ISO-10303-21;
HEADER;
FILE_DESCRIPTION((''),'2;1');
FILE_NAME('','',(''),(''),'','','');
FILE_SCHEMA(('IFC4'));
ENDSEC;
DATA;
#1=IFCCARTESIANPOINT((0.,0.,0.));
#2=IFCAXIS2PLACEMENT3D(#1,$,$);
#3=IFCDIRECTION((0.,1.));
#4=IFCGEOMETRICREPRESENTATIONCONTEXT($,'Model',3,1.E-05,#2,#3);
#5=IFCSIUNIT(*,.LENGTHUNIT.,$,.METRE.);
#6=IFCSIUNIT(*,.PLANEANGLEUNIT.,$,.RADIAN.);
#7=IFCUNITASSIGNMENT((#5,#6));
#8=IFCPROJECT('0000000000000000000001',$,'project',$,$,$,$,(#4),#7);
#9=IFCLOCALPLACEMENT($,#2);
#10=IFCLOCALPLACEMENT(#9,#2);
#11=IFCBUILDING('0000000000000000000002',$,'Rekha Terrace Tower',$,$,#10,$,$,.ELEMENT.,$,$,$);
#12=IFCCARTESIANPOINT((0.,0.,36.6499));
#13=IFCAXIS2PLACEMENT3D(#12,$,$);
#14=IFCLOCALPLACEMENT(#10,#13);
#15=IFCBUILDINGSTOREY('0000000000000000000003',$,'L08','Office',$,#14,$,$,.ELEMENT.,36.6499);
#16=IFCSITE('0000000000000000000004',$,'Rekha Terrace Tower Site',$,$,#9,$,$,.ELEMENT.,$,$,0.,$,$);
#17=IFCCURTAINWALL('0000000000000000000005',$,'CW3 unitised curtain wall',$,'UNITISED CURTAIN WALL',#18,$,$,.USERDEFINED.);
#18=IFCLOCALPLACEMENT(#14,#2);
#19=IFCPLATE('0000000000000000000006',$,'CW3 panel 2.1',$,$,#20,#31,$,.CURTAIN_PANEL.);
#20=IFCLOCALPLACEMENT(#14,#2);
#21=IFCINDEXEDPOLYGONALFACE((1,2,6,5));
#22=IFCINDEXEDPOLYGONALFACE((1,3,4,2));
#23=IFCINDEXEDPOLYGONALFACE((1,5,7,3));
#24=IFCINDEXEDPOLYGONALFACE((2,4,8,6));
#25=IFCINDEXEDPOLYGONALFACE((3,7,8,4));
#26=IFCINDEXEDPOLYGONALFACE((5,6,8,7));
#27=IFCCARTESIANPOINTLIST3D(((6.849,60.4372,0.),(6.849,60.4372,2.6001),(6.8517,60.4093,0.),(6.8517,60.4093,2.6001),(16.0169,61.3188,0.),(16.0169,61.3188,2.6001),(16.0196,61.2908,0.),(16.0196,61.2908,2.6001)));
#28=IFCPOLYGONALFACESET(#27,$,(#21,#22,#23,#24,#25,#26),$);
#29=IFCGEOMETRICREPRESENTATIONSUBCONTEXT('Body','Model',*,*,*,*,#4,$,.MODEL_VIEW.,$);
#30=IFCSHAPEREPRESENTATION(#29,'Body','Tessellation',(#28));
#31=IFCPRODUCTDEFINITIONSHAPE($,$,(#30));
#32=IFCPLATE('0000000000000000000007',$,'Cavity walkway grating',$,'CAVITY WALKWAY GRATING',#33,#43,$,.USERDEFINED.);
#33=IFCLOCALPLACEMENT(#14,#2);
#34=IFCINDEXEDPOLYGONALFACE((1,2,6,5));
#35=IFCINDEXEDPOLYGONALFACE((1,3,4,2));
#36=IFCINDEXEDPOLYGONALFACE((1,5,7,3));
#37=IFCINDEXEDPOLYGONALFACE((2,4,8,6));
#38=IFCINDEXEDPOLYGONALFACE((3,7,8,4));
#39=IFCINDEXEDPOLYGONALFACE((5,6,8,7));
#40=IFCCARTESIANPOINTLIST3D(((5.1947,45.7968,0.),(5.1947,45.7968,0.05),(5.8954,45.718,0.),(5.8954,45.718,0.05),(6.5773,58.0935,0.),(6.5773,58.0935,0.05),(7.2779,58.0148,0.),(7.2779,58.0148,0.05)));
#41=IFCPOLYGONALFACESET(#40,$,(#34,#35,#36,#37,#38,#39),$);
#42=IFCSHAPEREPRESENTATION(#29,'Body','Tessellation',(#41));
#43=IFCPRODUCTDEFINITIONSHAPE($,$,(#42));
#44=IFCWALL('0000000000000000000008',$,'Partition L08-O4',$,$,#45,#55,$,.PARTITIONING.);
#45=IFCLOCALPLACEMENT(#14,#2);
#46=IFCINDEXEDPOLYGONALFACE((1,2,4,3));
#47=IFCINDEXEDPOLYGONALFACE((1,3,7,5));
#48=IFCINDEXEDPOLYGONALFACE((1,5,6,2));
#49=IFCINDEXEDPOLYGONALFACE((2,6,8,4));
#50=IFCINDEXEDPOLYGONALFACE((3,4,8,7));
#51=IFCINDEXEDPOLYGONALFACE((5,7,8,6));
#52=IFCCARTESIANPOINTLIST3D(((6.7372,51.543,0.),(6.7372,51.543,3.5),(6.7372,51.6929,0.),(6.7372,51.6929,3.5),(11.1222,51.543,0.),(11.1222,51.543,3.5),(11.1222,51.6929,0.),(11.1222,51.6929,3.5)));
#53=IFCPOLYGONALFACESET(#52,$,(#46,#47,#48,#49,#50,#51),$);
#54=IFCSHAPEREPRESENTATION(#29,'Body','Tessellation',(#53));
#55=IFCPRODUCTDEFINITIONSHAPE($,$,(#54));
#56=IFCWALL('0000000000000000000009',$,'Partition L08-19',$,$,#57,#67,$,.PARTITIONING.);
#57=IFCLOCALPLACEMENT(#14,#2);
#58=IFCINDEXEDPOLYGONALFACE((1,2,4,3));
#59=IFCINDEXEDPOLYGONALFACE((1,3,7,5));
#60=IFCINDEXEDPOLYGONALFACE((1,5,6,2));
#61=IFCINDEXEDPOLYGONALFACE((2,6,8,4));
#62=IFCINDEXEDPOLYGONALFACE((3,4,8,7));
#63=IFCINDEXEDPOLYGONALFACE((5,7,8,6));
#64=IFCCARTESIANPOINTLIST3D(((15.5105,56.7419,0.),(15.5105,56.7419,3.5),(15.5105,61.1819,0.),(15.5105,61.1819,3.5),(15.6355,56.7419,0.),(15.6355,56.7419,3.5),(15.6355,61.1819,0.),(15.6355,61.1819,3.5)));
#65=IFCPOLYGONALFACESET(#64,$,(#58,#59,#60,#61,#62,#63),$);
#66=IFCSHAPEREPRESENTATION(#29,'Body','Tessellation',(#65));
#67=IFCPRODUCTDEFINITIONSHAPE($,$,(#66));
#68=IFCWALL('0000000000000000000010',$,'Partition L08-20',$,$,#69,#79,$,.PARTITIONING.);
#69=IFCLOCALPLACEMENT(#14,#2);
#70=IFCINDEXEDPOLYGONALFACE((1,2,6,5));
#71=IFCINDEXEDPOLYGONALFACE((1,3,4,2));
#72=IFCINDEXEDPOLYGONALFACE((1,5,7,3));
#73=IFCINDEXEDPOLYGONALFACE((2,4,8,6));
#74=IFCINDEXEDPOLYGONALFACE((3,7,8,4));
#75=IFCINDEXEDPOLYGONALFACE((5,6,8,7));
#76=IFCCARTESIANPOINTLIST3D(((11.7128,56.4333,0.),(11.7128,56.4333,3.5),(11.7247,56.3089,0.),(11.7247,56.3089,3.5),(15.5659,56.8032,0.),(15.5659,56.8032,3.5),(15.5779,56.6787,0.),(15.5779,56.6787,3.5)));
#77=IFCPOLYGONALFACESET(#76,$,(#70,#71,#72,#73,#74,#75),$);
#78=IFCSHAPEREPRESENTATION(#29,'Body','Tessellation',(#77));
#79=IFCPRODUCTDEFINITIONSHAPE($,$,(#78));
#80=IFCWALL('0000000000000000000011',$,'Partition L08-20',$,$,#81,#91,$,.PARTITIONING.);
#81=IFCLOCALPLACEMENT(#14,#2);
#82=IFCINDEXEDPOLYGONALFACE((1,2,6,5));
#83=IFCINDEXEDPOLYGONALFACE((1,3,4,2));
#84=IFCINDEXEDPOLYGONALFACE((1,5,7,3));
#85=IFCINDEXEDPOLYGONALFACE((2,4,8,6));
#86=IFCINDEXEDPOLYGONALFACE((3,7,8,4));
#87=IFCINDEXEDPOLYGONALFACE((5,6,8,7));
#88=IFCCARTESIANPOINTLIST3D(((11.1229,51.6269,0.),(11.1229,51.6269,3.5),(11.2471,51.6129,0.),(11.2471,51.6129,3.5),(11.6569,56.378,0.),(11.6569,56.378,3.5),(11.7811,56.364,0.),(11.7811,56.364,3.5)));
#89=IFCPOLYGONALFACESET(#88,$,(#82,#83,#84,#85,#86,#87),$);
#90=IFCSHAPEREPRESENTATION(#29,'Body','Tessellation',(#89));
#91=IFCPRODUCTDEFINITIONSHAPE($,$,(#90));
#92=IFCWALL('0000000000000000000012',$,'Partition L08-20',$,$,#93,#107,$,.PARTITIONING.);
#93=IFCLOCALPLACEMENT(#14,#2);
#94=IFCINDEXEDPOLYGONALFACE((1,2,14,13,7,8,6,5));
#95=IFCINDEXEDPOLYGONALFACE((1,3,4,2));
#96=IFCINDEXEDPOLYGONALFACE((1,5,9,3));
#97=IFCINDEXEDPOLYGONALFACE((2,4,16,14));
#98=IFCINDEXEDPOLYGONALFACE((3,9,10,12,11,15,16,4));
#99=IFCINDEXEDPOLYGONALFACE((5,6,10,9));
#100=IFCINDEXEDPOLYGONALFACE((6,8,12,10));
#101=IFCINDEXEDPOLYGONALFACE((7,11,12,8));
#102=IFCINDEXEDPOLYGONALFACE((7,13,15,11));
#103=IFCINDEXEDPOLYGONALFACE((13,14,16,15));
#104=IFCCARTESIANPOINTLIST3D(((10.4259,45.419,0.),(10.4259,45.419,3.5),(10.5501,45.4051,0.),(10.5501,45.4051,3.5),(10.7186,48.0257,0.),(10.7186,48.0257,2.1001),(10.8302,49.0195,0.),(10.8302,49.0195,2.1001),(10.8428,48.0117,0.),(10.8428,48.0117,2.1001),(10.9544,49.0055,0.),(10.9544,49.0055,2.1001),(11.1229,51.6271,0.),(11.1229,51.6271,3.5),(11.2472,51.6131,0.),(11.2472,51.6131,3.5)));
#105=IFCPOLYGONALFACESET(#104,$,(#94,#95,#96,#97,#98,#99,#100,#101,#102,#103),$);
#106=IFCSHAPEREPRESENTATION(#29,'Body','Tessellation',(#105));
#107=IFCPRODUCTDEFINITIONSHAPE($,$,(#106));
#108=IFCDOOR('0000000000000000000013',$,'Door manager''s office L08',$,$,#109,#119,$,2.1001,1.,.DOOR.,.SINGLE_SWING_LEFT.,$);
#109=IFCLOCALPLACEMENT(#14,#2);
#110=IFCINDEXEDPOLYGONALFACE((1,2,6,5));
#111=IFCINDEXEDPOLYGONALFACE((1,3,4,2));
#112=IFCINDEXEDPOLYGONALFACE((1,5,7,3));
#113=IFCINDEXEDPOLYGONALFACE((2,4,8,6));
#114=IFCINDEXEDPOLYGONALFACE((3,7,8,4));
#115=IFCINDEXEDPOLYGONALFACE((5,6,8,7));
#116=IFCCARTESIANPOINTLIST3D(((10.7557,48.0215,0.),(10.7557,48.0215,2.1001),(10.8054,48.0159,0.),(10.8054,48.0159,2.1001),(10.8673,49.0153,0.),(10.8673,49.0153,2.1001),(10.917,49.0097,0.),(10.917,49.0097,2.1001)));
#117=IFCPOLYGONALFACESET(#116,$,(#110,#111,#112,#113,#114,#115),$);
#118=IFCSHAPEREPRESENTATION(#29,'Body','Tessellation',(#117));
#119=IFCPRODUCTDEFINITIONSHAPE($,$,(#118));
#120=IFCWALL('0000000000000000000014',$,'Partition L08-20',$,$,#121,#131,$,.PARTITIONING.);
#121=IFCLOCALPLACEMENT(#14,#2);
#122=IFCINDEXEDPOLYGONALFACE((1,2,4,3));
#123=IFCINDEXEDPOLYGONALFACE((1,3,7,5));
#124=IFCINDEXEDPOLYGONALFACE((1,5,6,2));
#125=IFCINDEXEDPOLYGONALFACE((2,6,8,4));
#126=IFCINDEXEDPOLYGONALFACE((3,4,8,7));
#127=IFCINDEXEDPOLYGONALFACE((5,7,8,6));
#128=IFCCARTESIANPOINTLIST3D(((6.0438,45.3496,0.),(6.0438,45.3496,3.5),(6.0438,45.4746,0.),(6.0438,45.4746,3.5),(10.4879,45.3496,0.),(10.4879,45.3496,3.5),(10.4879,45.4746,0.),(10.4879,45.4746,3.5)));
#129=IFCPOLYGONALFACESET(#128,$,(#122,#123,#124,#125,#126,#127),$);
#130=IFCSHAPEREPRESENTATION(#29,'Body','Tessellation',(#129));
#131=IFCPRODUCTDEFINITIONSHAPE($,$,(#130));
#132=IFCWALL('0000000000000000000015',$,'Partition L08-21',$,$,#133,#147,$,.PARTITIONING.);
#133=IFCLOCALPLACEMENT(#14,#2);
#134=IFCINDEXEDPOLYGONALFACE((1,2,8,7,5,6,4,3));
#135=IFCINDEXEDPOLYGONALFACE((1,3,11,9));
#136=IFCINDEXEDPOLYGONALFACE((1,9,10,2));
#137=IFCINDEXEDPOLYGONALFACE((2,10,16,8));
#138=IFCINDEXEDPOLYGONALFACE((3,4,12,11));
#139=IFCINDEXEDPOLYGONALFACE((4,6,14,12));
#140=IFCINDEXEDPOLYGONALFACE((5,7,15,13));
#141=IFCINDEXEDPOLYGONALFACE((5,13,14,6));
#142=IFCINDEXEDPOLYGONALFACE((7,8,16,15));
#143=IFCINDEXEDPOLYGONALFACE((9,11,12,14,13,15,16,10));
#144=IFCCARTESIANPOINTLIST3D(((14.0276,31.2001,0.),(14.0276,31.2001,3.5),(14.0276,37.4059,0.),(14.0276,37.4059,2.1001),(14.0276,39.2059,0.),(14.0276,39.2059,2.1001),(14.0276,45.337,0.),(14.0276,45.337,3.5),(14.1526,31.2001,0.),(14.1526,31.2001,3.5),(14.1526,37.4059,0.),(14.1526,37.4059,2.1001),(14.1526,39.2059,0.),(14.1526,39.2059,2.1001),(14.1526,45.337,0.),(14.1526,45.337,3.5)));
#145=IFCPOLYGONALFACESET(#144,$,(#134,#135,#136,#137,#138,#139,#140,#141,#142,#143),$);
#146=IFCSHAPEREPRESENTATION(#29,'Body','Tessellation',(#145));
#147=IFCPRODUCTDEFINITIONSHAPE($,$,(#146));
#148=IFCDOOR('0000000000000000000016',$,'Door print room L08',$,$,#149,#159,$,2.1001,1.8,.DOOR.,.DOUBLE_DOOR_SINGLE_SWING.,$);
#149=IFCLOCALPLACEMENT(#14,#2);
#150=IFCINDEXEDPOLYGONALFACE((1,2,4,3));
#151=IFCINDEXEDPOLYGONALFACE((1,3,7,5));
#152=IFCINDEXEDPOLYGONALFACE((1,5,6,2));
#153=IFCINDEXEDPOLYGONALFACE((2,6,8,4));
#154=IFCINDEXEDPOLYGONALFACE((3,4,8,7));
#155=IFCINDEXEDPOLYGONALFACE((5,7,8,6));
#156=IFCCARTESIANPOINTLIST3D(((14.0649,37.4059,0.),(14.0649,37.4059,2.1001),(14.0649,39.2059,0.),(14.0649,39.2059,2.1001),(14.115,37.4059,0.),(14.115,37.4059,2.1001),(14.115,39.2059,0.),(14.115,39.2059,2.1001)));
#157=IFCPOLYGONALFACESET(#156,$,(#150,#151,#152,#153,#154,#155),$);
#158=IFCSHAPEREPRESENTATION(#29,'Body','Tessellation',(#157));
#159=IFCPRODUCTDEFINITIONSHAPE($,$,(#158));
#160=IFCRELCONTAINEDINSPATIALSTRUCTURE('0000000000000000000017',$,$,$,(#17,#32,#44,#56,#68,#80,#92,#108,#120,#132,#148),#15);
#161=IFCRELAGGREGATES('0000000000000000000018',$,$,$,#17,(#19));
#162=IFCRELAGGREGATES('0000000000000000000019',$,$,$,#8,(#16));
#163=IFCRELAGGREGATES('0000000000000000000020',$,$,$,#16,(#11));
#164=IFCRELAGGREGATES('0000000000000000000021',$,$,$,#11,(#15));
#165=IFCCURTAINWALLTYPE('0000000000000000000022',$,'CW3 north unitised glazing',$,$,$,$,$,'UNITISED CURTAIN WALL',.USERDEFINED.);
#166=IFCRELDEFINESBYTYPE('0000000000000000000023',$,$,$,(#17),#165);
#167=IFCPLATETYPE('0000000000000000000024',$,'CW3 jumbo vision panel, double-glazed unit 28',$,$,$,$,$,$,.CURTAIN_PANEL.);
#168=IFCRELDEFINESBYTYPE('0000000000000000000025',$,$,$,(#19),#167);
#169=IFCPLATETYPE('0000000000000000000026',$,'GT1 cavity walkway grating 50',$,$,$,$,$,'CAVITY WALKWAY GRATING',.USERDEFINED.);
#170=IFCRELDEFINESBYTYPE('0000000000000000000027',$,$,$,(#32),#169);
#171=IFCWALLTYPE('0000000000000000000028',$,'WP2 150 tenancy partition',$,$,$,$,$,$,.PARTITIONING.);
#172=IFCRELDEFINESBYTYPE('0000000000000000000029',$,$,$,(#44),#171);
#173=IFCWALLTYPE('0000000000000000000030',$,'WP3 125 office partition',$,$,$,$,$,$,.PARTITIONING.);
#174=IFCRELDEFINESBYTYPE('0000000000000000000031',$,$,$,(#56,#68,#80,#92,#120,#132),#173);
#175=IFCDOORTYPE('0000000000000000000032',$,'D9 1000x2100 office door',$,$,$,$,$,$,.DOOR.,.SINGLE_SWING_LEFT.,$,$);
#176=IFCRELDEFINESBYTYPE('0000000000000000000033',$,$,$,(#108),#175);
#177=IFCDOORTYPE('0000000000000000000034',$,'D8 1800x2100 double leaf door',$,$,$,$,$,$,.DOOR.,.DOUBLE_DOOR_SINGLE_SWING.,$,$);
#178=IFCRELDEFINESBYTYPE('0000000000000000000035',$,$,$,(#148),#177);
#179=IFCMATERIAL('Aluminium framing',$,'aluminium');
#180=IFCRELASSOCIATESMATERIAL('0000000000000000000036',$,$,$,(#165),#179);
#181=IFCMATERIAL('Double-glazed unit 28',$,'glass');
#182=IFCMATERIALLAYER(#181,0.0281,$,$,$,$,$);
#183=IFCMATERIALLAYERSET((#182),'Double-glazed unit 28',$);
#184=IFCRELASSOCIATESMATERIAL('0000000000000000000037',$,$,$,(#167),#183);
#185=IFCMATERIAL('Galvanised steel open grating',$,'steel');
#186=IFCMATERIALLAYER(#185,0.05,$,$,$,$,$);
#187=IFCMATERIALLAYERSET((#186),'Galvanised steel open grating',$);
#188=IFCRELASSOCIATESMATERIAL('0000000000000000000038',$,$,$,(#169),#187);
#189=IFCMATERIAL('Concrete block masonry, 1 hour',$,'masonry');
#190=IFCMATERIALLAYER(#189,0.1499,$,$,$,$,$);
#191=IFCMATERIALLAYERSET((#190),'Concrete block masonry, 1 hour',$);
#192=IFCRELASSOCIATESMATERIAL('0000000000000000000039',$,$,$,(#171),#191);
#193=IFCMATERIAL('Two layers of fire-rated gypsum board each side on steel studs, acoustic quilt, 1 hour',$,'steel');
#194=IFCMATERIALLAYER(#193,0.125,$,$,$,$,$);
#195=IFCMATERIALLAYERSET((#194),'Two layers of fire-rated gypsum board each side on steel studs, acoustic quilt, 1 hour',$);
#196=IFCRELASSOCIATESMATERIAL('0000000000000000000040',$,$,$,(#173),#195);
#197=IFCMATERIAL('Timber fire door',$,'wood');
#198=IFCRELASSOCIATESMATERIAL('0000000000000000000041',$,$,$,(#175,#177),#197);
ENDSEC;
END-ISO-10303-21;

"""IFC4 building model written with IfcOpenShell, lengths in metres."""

from ifc_helpers import new_model, si_unit, direction, frame, frame_2d, origin, origin_2d, place, context, subcontext, project, spatial, rectangle, extrude, material, layer, layer_set, type_object, element, fill, aggregate, save


model = new_model("IFC4")

# Units and contexts
model_context = context("Model", 3, precision=1e-05, world=origin(), true_north=direction((0.0, 1.0)))
body_context = subcontext(model_context, "Body", "Model", "MODEL_VIEW")
ifc_project = project(units=[si_unit("LENGTHUNIT", "METRE"), si_unit("PLANEANGLEUNIT", "RADIAN")], contexts=[model_context])

# Site, building, storey
site_placement = place(None, origin())
site = spatial("IfcSite", under=ifc_project, at=site_placement, Name="Rekha Terrace Tower Site", CompositionType="ELEMENT", RefElevation=0.0)
building_placement = place(site_placement, origin())
building = spatial("IfcBuilding", under=site, at=building_placement, Name="Rekha Terrace Tower", CompositionType="ELEMENT")
storey_placement = place(building_placement, frame((0.0, 0.0, 36.6499)))
storey = spatial("IfcBuildingStorey", under=building, at=storey_placement, Name="L08", Description="Office", CompositionType="ELEMENT", Elevation=36.6499)

# Curtain wall
ifc_material_1 = material(Name="Aluminium framing", Category="aluminium")
curtain_wall_type_1 = type_object("IfcCurtainWallType", Name="CW3 north unitised glazing", ElementType="UNITISED CURTAIN WALL", PredefinedType="USERDEFINED", material=ifc_material_1)
curtain_wall_1_placement = place(storey_placement, origin())
curtain_wall_1 = element("IfcCurtainWall", 1, at=curtain_wall_1_placement, inside=storey, type_object=curtain_wall_type_1, Name="CW3 unitised curtain wall", ObjectType="UNITISED CURTAIN WALL", PredefinedType="USERDEFINED")

# Plates
ifc_material_2 = material(Name="Double-glazed unit 28", Category="glass")
ifc_layer_1 = layer(ifc_material_2, 0.0281)
ifc_layer_set_1 = layer_set([ifc_layer_1], Name="Double-glazed unit 28")
plate_type_1 = type_object("IfcPlateType", Name="CW3 jumbo vision panel, double-glazed unit 28", PredefinedType="CURTAIN_PANEL", material=ifc_layer_set_1)
plate_1_placement = place(storey_placement, frame((11.4343, 60.864, 0.0), z_axis=(0.0, 0.0, 1.0), x_axis=(-0.995409, -0.095712, 0.0)))
plate_1 = element("IfcPlate", 2, at=plate_1_placement, type_object=plate_type_1, Name="CW3 panel 2.1", PredefinedType="CURTAIN_PANEL", context=body_context, shape_type="SweptSolid", body=[
    extrude(rectangle(XDim=9.2102, YDim=0.0281, at=origin_2d()), origin(), (0.0, 0.0, 1.0), 2.6001),
])
aggregate(curtain_wall_1, [plate_1])
ifc_material_3 = material(Name="Galvanised steel open grating", Category="steel")
ifc_layer_2 = layer(ifc_material_3, 0.05)
ifc_layer_set_2 = layer_set([ifc_layer_2], Name="Galvanised steel open grating")
plate_type_2 = type_object("IfcPlateType", Name="GT1 cavity walkway grating 50", ElementType="CAVITY WALKWAY GRATING", PredefinedType="USERDEFINED", material=ifc_layer_set_2)
plate_2_placement = place(storey_placement, frame((6.2363, 51.9058, 0.0), z_axis=(0.0, 0.0, 1.0), x_axis=(-0.11173, -0.993739, 0.0)))
element("IfcPlate", 3, at=plate_2_placement, inside=storey, type_object=plate_type_2, Name="Cavity walkway grating", ObjectType="CAVITY WALKWAY GRATING", PredefinedType="USERDEFINED", context=body_context, shape_type="SweptSolid", body=[
    extrude(rectangle(XDim=12.3743, YDim=0.7051, at=origin_2d()), origin(), (0.0, 0.0, 1.0), 0.05),
])

# Walls
ifc_material_4 = material(Name="Concrete block masonry, 1 hour", Category="masonry")
ifc_layer_3 = layer(ifc_material_4, 0.1499)
ifc_layer_set_3 = layer_set([ifc_layer_3], Name="Concrete block masonry, 1 hour")
wall_type_1 = type_object("IfcWallType", Name="WP2 150 tenancy partition", PredefinedType="PARTITIONING", material=ifc_layer_set_3)
wall_1_placement = place(storey_placement, frame((11.1221, 51.6179, 0.0), z_axis=(0.0, 0.0, 1.0), x_axis=(-1.0, 0.0, 0.0)))
element("IfcWall", 4, at=wall_1_placement, inside=storey, type_object=wall_type_1, Name="Partition L08-O4", PredefinedType="PARTITIONING", context=body_context, shape_type="SweptSolid", body=[
    extrude(rectangle(XDim=4.385, YDim=0.1499, at=frame_2d((2.1924, 0.0))), origin(), (0.0, 0.0, 1.0), 3.5),
])
ifc_material_5 = material(Name="Two layers of fire-rated gypsum board each side on steel studs, acoustic quilt, 1 hour", Category="steel")
ifc_layer_4 = layer(ifc_material_5, 0.125)
ifc_layer_set_4 = layer_set([ifc_layer_4], Name="Two layers of fire-rated gypsum board each side on steel studs, acoustic quilt, 1 hour")
wall_type_2 = type_object("IfcWallType", Name="WP3 125 office partition", PredefinedType="PARTITIONING", material=ifc_layer_set_4)
wall_2_placement = place(storey_placement, frame((15.573, 56.7419, 0.0), z_axis=(0.0, 0.0, 1.0), x_axis=(0.0, 1.0, 0.0)))
element("IfcWall", 5, at=wall_2_placement, inside=storey, type_object=wall_type_2, Name="Partition L08-19", PredefinedType="PARTITIONING", context=body_context, shape_type="SweptSolid", body=[
    extrude(rectangle(XDim=4.4399, YDim=0.125, at=frame_2d((2.22, 0.0))), origin(), (0.0, 0.0, 1.0), 3.5),
])
wall_3_placement = place(storey_placement, frame((15.572, 56.741, 0.0), z_axis=(0.0, 0.0, 1.0), x_axis=(-0.995424, -0.095556, 0.0)))
element("IfcWall", 6, at=wall_3_placement, inside=storey, type_object=wall_type_2, Name="Partition L08-20", PredefinedType="PARTITIONING", context=body_context, shape_type="SweptSolid", body=[
    extrude(rectangle(XDim=3.8708, YDim=0.125, at=frame_2d((1.9355, 0.0))), origin(), (0.0, 0.0, 1.0), 3.5),
])
wall_4_placement = place(storey_placement, frame((11.719, 56.3711, 0.0), z_axis=(0.0, 0.0, 1.0), x_axis=(-0.111681, -0.993744, 0.0)))
element("IfcWall", 7, at=wall_4_placement, inside=storey, type_object=wall_type_2, Name="Partition L08-20", PredefinedType="PARTITIONING", context=body_context, shape_type="SweptSolid", body=[
    extrude(rectangle(XDim=4.781, YDim=0.125, at=frame_2d((2.3906, 0.0))), origin(), (0.0, 0.0, 1.0), 3.5),
])

# Wall, opening, door
wall_5_placement = place(storey_placement, frame((11.1851, 51.6201, 0.0), z_axis=(0.0, 0.0, 1.0), x_axis=(-0.111577, -0.993756, 0.0)))
wall_5 = element("IfcWall", 8, at=wall_5_placement, inside=storey, type_object=wall_type_2, Name="Partition L08-20", PredefinedType="PARTITIONING", context=body_context, shape_type="SweptSolid", body=[
    extrude(rectangle(XDim=6.2471, YDim=0.125, at=frame_2d((3.1235, 0.0))), origin(), (0.0, 0.0, 1.0), 3.5),
])
opening_1_placement = place(wall_5_placement, frame((2.624, 0.0, 0.0)))
opening_1 = element("IfcOpeningElement", 9, at=opening_1_placement, cuts=wall_5, PredefinedType="OPENING", context=body_context, shape_type="SweptSolid", body=[
    extrude(rectangle(XDim=1.0, YDim=2.1001, at=frame_2d((0.5, 1.05))), frame((0.0, 0.0725, 0.0), z_axis=(0.0, -1.0, 0.0), x_axis=(1.0, 0.0, 0.0)), (0.0, 0.0, 1.0), 0.145),
])
ifc_material_6 = material(Name="Timber fire door", Category="wood")
door_type_1 = type_object("IfcDoorType", Name="D9 1000x2100 office door", OperationType="SINGLE_SWING_LEFT", PredefinedType="DOOR", material=ifc_material_6)
door_1_placement = place(opening_1_placement, origin())
door_1 = element("IfcDoor", 10, at=door_1_placement, inside=storey, type_object=door_type_1, Name="Door manager's office L08", OperationType="SINGLE_SWING_LEFT", OverallHeight=2.1001, OverallWidth=1.0, PredefinedType="DOOR", context=body_context, shape_type="SweptSolid", body=[
    extrude(rectangle(XDim=1.0, YDim=2.1001, at=frame_2d((0.5, 1.05))), frame((0.0, 0.0249, 0.0), z_axis=(0.0, -1.0, 0.0), x_axis=(1.0, 0.0, 0.0)), (0.0, 0.0, 1.0), 0.05),
])
fill(opening_1, door_1)

# Wall
wall_6_placement = place(storey_placement, frame((10.488, 45.4121, 0.0), z_axis=(0.0, 0.0, 1.0), x_axis=(-1.0, 0.0, 0.0)))
element("IfcWall", 11, at=wall_6_placement, inside=storey, type_object=wall_type_2, Name="Partition L08-20", PredefinedType="PARTITIONING", context=body_context, shape_type="SweptSolid", body=[
    extrude(rectangle(XDim=4.4441, YDim=0.125, at=frame_2d((2.2222, 0.0))), origin(), (0.0, 0.0, 1.0), 3.5),
])

# Wall, opening, door
wall_7_placement = place(storey_placement, frame((14.0901, 45.3369, 0.0), z_axis=(0.0, 0.0, 1.0), x_axis=(0.0, -1.0, 0.0)))
wall_7 = element("IfcWall", 12, at=wall_7_placement, inside=storey, type_object=wall_type_2, Name="Partition L08-21", PredefinedType="PARTITIONING", context=body_context, shape_type="SweptSolid", body=[
    extrude(rectangle(XDim=14.137, YDim=0.125, at=frame_2d((7.0684, 0.0))), origin(), (0.0, 0.0, 1.0), 3.5),
])
opening_2_placement = place(wall_7_placement, frame((6.1311, 0.0, 0.0)))
opening_2 = element("IfcOpeningElement", 13, at=opening_2_placement, cuts=wall_7, PredefinedType="OPENING", context=body_context, shape_type="SweptSolid", body=[
    extrude(rectangle(XDim=1.8, YDim=2.1001, at=frame_2d((0.8999, 1.05))), frame((0.0, 0.0725, 0.0), z_axis=(0.0, -1.0, 0.0), x_axis=(1.0, 0.0, 0.0)), (0.0, 0.0, 1.0), 0.145),
])
door_type_2 = type_object("IfcDoorType", Name="D8 1800x2100 double leaf door", OperationType="DOUBLE_DOOR_SINGLE_SWING", PredefinedType="DOOR", material=ifc_material_6)
door_2_placement = place(opening_2_placement, origin())
door_2 = element("IfcDoor", 14, at=door_2_placement, inside=storey, type_object=door_type_2, Name="Door print room L08", OperationType="DOUBLE_DOOR_SINGLE_SWING", OverallHeight=2.1001, OverallWidth=1.8, PredefinedType="DOOR", context=body_context, shape_type="SweptSolid", body=[
    extrude(rectangle(XDim=1.8, YDim=2.1001, at=frame_2d((0.8999, 1.05))), frame((0.0, 0.0249, 0.0), z_axis=(0.0, -1.0, 0.0), x_axis=(1.0, 0.0, 0.0)), (0.0, 0.0, 1.0), 0.05),
])
fill(opening_2, door_2)

save(model, "model.ifc")
